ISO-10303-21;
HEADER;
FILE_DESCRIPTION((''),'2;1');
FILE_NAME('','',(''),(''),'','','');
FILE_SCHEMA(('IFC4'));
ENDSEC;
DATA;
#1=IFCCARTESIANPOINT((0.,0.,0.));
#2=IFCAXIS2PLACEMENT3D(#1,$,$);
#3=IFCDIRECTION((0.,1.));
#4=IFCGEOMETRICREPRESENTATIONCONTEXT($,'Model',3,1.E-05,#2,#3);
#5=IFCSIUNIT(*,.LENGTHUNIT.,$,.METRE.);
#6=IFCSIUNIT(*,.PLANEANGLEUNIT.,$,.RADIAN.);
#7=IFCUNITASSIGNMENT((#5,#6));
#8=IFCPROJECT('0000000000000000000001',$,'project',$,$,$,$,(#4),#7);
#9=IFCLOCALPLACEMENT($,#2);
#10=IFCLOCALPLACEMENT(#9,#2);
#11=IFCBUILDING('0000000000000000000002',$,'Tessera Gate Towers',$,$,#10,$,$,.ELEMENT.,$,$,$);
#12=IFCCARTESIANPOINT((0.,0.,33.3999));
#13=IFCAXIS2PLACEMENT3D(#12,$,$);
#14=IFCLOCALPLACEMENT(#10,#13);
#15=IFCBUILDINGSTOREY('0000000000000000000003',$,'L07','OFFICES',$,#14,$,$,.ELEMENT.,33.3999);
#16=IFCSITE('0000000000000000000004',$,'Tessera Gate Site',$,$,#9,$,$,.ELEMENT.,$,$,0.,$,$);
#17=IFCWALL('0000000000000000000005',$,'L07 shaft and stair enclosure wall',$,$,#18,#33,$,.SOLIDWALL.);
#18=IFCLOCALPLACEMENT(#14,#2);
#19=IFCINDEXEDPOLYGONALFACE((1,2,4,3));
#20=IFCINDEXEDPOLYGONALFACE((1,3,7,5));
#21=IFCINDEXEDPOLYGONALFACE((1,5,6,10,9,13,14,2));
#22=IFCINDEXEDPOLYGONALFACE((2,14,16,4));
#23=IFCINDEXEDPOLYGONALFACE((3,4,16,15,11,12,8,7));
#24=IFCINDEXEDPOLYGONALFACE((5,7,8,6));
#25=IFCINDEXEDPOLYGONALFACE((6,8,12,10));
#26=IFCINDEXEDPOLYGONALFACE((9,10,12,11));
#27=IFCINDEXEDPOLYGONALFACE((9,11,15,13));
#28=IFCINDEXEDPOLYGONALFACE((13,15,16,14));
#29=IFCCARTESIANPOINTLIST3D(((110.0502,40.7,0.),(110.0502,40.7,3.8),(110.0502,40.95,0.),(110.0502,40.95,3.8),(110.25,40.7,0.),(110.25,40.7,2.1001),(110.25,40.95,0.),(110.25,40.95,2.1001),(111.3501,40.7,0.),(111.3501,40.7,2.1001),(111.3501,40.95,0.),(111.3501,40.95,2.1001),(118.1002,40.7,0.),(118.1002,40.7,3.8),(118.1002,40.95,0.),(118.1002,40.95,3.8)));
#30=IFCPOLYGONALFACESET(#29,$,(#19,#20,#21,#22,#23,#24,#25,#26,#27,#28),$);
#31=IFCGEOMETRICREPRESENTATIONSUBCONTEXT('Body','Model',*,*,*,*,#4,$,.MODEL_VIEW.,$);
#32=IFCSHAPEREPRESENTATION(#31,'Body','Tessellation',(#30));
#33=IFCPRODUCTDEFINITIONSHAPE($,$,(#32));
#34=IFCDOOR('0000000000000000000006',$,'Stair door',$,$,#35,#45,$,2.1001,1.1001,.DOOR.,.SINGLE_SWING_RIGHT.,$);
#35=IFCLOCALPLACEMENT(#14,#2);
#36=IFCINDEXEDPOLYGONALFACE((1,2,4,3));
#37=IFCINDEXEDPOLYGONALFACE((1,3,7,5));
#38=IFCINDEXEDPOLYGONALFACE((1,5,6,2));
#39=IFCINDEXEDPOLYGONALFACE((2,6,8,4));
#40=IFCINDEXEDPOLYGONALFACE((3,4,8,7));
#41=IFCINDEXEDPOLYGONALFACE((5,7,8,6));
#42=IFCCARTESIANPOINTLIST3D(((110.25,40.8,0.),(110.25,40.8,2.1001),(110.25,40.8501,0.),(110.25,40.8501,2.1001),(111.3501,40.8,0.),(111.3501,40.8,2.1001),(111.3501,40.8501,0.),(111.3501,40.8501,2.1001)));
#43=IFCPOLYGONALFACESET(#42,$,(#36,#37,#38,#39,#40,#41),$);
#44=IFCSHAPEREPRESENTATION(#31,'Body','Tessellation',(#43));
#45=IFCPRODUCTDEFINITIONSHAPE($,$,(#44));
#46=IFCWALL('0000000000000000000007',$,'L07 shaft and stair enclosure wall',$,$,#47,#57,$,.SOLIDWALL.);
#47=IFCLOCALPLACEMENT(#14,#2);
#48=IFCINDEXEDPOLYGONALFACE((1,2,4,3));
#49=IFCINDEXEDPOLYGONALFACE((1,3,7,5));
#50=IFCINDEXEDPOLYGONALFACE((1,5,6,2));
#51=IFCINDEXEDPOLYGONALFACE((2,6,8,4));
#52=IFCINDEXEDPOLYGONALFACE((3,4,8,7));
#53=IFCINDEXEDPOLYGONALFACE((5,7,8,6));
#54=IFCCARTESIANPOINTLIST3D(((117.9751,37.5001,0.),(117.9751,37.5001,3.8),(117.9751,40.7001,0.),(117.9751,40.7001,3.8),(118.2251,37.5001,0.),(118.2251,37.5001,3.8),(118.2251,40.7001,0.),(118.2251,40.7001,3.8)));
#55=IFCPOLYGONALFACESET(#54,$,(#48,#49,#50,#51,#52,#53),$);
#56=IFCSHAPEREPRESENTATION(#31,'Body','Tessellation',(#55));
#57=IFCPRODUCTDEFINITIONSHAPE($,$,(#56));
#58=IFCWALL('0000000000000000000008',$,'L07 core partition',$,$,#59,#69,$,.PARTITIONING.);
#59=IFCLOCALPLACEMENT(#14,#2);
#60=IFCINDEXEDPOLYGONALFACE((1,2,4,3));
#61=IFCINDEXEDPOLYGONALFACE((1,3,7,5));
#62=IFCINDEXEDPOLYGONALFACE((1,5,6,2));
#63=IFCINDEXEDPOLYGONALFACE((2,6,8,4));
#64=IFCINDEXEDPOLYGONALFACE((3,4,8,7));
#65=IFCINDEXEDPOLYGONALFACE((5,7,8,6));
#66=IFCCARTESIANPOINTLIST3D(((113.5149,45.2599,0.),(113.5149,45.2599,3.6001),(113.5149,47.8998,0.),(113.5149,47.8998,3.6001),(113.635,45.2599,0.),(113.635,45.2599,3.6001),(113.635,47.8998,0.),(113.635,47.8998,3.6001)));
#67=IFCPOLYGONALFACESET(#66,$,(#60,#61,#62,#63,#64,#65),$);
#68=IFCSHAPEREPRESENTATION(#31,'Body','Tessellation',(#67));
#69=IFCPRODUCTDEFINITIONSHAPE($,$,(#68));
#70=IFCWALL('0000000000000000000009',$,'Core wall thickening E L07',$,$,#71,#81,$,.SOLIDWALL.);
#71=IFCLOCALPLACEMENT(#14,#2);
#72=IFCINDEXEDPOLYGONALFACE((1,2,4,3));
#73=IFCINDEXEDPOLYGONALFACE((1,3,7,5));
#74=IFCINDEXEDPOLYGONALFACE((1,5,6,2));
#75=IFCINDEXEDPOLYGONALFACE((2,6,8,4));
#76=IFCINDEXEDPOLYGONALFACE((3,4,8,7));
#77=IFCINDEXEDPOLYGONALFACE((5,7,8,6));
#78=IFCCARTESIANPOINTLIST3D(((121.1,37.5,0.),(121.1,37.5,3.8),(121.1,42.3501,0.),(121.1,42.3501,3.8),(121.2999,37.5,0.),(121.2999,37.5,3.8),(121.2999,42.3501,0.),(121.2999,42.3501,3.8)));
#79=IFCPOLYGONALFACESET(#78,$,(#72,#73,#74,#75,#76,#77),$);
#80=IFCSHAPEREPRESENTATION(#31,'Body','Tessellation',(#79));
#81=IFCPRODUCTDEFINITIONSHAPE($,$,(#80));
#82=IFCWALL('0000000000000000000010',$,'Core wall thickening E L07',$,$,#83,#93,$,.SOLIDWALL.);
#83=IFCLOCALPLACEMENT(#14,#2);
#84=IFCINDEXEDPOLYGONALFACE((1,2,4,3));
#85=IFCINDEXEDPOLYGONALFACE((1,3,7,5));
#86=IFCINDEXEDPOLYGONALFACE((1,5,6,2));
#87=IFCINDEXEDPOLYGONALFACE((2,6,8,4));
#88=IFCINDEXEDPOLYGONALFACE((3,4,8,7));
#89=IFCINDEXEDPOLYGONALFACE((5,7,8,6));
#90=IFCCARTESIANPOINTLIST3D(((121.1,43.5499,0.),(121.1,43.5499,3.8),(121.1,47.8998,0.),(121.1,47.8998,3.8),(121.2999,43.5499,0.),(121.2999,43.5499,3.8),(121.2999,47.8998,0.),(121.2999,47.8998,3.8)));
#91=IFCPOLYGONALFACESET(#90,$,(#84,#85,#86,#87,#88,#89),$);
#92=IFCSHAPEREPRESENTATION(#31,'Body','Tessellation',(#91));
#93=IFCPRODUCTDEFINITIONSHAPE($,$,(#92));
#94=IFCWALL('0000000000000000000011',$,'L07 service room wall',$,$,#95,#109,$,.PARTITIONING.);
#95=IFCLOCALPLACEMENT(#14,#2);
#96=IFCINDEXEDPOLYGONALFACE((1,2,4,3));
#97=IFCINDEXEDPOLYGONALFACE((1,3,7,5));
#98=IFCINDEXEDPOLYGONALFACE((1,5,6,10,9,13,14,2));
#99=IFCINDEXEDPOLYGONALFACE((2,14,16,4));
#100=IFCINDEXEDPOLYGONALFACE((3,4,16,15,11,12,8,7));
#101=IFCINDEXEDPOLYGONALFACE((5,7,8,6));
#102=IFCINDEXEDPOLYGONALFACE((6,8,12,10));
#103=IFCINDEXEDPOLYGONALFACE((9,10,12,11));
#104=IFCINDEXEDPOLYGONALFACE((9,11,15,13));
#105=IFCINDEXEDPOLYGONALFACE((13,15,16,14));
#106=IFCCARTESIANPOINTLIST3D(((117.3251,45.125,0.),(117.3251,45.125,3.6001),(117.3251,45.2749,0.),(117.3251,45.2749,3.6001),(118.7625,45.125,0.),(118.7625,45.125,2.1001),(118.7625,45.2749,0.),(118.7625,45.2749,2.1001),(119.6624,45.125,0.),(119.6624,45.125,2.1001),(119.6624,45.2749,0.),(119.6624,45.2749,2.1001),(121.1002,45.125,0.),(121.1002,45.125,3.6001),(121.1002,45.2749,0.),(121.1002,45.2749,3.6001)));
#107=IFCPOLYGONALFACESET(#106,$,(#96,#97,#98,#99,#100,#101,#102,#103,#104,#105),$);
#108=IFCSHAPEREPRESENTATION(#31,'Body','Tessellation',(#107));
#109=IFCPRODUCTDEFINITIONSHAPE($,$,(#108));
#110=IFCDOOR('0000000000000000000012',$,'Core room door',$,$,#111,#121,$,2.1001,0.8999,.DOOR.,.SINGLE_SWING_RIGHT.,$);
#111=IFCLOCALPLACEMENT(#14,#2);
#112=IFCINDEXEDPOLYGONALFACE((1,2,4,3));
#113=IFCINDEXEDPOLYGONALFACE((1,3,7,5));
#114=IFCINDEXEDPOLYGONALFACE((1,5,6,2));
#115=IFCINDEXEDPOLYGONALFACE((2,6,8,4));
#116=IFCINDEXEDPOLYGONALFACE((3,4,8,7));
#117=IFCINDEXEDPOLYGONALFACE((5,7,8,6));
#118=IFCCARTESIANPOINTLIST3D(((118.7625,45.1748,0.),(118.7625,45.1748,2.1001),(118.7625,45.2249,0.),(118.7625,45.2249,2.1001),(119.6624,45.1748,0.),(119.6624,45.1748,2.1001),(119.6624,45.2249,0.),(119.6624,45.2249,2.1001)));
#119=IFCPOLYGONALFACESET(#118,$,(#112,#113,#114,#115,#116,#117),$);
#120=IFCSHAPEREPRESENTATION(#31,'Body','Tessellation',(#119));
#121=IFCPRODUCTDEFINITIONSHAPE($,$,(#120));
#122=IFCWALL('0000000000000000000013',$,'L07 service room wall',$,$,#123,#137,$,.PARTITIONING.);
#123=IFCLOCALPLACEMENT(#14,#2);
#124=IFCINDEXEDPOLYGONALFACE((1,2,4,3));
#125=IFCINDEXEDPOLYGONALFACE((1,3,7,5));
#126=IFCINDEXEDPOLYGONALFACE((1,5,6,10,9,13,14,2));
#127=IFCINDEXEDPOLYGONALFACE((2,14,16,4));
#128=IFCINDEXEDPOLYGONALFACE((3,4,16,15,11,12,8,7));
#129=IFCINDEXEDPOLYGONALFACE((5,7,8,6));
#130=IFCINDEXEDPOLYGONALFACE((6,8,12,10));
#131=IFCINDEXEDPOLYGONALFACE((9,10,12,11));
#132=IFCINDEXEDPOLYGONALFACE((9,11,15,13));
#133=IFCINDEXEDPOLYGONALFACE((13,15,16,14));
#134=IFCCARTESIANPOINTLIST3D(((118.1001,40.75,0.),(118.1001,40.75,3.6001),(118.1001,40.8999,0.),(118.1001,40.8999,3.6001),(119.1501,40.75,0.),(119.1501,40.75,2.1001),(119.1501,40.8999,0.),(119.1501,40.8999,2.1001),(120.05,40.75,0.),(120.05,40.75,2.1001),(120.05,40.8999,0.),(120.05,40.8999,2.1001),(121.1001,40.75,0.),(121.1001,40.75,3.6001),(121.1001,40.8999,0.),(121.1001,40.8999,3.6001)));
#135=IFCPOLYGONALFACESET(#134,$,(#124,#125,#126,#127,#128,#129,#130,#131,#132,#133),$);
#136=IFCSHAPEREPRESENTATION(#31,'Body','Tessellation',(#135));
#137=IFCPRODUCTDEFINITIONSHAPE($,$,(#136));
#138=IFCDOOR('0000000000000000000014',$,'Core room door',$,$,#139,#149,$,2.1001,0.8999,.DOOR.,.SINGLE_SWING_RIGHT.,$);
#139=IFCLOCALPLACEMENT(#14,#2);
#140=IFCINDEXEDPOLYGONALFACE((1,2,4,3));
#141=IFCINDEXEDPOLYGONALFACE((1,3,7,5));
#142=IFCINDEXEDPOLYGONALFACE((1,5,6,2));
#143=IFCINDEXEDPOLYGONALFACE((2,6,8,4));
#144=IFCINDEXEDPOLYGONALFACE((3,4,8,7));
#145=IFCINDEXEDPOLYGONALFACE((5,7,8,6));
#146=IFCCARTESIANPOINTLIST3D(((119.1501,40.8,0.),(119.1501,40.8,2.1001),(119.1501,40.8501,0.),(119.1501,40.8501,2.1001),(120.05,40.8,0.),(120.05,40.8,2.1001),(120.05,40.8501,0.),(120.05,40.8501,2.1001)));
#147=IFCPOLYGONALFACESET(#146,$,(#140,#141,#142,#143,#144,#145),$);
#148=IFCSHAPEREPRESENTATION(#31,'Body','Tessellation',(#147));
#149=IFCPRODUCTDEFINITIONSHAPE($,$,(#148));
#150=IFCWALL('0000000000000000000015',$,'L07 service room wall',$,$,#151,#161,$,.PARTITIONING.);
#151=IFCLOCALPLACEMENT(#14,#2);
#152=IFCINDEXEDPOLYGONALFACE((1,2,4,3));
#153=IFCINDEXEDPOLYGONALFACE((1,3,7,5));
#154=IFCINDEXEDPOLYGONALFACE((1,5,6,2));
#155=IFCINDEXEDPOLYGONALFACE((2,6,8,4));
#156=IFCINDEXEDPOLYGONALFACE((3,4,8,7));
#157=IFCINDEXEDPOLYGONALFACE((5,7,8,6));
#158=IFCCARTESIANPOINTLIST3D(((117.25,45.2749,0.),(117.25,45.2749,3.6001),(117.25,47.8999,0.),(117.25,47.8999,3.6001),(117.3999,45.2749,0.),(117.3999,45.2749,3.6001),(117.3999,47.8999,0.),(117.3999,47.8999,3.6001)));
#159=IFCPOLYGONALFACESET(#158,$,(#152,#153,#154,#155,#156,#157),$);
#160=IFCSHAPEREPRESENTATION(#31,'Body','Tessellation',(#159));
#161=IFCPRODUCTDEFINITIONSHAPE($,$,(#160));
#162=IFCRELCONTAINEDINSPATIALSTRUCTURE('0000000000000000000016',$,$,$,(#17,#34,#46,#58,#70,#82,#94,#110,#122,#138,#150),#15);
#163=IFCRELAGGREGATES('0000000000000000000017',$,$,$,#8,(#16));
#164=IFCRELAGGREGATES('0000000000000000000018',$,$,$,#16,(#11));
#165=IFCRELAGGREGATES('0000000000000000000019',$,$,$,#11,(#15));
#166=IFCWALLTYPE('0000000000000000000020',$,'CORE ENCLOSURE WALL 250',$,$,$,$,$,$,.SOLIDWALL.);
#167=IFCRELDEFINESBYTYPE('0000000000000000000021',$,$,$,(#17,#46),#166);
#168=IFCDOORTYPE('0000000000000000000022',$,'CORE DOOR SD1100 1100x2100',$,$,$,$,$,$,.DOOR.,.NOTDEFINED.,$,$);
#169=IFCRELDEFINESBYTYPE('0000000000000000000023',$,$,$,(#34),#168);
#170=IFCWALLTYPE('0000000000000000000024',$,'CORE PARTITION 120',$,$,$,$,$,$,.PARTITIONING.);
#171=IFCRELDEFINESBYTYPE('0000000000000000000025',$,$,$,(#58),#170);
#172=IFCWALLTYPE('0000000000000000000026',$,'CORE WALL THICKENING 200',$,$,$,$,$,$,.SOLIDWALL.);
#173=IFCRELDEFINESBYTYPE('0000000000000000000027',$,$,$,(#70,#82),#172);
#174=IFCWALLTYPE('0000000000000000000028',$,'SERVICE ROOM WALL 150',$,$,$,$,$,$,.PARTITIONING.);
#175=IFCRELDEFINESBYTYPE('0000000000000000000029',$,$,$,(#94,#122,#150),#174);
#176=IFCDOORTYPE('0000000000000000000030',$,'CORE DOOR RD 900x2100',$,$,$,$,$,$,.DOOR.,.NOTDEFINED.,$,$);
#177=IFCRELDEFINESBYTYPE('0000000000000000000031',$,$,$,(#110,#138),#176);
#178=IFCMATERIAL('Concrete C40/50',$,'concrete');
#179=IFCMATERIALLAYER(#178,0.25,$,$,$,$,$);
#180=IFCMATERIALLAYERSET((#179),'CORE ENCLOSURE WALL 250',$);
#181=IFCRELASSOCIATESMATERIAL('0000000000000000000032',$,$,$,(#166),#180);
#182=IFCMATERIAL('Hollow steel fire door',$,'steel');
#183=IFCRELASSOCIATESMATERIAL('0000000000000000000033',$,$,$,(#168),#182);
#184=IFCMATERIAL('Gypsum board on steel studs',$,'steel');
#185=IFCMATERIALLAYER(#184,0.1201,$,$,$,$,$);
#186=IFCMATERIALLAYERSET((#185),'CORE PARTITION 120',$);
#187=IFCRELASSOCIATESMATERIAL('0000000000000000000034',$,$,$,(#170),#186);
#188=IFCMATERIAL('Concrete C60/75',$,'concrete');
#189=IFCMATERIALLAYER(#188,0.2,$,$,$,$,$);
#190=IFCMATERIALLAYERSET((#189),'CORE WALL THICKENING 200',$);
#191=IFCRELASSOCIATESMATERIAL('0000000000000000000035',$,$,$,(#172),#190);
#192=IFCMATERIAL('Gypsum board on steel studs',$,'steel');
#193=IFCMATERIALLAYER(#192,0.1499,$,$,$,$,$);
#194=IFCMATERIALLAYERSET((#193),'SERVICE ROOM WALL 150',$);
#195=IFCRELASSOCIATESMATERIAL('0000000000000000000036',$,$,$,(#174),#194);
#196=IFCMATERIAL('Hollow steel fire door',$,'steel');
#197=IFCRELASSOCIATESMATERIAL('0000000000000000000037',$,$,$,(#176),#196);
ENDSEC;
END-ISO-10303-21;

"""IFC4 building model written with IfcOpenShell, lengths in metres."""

from ifc_helpers import new_model, si_unit, direction, frame, frame_2d, origin, place, context, subcontext, project, spatial, rectangle, extrude, source, transform, mapped, material, layer, layer_set, type_object, element, fill, save


model = new_model("IFC4")

# Units and contexts
model_context = context("Model", 3, precision=1e-05, world=origin(), true_north=direction((0.0, 1.0)))
body_context = subcontext(model_context, "Body", "Model", "MODEL_VIEW")
ifc_project = project(units=[si_unit("LENGTHUNIT", "METRE"), si_unit("PLANEANGLEUNIT", "RADIAN")], contexts=[model_context])

# Site, building, storey
site_placement = place(None, origin())
site = spatial("IfcSite", under=ifc_project, at=site_placement, Name="Tessera Gate Site", CompositionType="ELEMENT", RefElevation=0.0)
building_placement = place(site_placement, origin())
building = spatial("IfcBuilding", under=site, at=building_placement, Name="Tessera Gate Towers", CompositionType="ELEMENT")
storey_placement = place(building_placement, frame((0.0, 0.0, 33.3999)))
storey = spatial("IfcBuildingStorey", under=building, at=storey_placement, Name="L07", Description="OFFICES", CompositionType="ELEMENT", Elevation=33.3999)

# Wall, opening, door
ifc_material_1 = material(Name="Concrete C40/50", Category="concrete")
ifc_layer_1 = layer(ifc_material_1, 0.25)
ifc_layer_set_1 = layer_set([ifc_layer_1], Name="CORE ENCLOSURE WALL 250")
wall_type_1 = type_object("IfcWallType", Name="CORE ENCLOSURE WALL 250", PredefinedType="SOLIDWALL", material=ifc_layer_set_1)
wall_1_placement = place(storey_placement, frame((118.1001, 40.825, 0.0), z_axis=(0.0, 0.0, 1.0), x_axis=(-1.0, 0.0, 0.0)))
wall_1 = element("IfcWall", 1, at=wall_1_placement, inside=storey, type_object=wall_type_1, Name="L07 shaft and stair enclosure wall", PredefinedType="SOLIDWALL", context=body_context, shape_type="SweptSolid", body=[
    extrude(rectangle(XDim=8.05, YDim=0.25, at=frame_2d((4.0249, 0.0))), origin(), (0.0, 0.0, 1.0), 3.8),
])
shared_shape_1 = source(origin(), body_context, "Body", "SweptSolid", [
    extrude(rectangle(XDim=1.1001, YDim=2.1001, at=frame_2d((0.55, 1.05))), frame((0.0, 0.135, 0.0), z_axis=(0.0, -1.0, 0.0), x_axis=(1.0, 0.0, 0.0)), (0.0, 0.0, 1.0), 0.27),
])
opening_1_placement = place(wall_1_placement, frame((6.75, 0.0, 0.0)))
opening_1 = element("IfcOpeningElement", 2, at=opening_1_placement, cuts=wall_1, PredefinedType="OPENING", context=body_context, shape_type="MappedRepresentation", body=[
    mapped(shared_shape_1, transform((0.0, 0.0, 0.0), scale=1.0)),
])
ifc_material_2 = material(Name="Hollow steel fire door", Category="steel")
door_type_1 = type_object("IfcDoorType", Name="CORE DOOR SD1100 1100x2100", OperationType="NOTDEFINED", PredefinedType="DOOR", material=ifc_material_2)
shared_shape_2 = source(origin(), body_context, "Body", "SweptSolid", [
    extrude(rectangle(XDim=1.1001, YDim=2.1001, at=frame_2d((0.55, 1.05))), frame((0.0, 0.0249, 0.0), z_axis=(0.0, -1.0, 0.0), x_axis=(1.0, 0.0, 0.0)), (0.0, 0.0, 1.0), 0.05),
])
door_1_placement = place(opening_1_placement, origin())
door_1 = element("IfcDoor", 3, at=door_1_placement, inside=storey, type_object=door_type_1, Name="Stair door", OperationType="SINGLE_SWING_RIGHT", OverallHeight=2.1001, OverallWidth=1.1001, PredefinedType="DOOR", context=body_context, shape_type="MappedRepresentation", body=[
    mapped(shared_shape_2, transform((0.0, 0.0, 0.0), scale=1.0)),
])
fill(opening_1, door_1)

# Walls
wall_2_placement = place(storey_placement, frame((118.1001, 37.5, 0.0), z_axis=(0.0, 0.0, 1.0), x_axis=(0.0, 1.0, 0.0)))
element("IfcWall", 4, at=wall_2_placement, inside=storey, type_object=wall_type_1, Name="L07 shaft and stair enclosure wall", PredefinedType="SOLIDWALL", context=body_context, shape_type="SweptSolid", body=[
    extrude(rectangle(XDim=3.2, YDim=0.25, at=frame_2d((1.6001, 0.0))), origin(), (0.0, 0.0, 1.0), 3.8),
])
ifc_material_3 = material(Name="Gypsum board on steel studs", Category="steel")
ifc_layer_2 = layer(ifc_material_3, 0.1201)
ifc_layer_set_2 = layer_set([ifc_layer_2], Name="CORE PARTITION 120")
wall_type_2 = type_object("IfcWallType", Name="CORE PARTITION 120", PredefinedType="PARTITIONING", material=ifc_layer_set_2)
wall_3_placement = place(storey_placement, frame((113.575, 45.26, 0.0), z_axis=(0.0, 0.0, 1.0), x_axis=(0.0, 1.0, 0.0)))
element("IfcWall", 5, at=wall_3_placement, inside=storey, type_object=wall_type_2, Name="L07 core partition", PredefinedType="PARTITIONING", context=body_context, shape_type="SweptSolid", body=[
    extrude(rectangle(XDim=2.6399, YDim=0.1201, at=frame_2d((1.3198, 0.0))), origin(), (0.0, 0.0, 1.0), 3.6001),
])
ifc_material_4 = material(Name="Concrete C60/75", Category="concrete")
ifc_layer_3 = layer(ifc_material_4, 0.2)
ifc_layer_set_3 = layer_set([ifc_layer_3], Name="CORE WALL THICKENING 200")
wall_type_3 = type_object("IfcWallType", Name="CORE WALL THICKENING 200", PredefinedType="SOLIDWALL", material=ifc_layer_set_3)
wall_4_placement = place(storey_placement, frame((121.2, 37.5, 0.0), z_axis=(0.0, 0.0, 1.0), x_axis=(0.0, 1.0, 0.0)))
element("IfcWall", 6, at=wall_4_placement, inside=storey, type_object=wall_type_3, Name="Core wall thickening E L07", PredefinedType="SOLIDWALL", context=body_context, shape_type="SweptSolid", body=[
    extrude(rectangle(XDim=4.8501, YDim=0.2, at=frame_2d((2.425, 0.0))), origin(), (0.0, 0.0, 1.0), 3.8),
])
wall_5_placement = place(storey_placement, frame((121.2, 43.55, 0.0), z_axis=(0.0, 0.0, 1.0), x_axis=(0.0, 1.0, 0.0)))
element("IfcWall", 7, at=wall_5_placement, inside=storey, type_object=wall_type_3, Name="Core wall thickening E L07", PredefinedType="SOLIDWALL", context=body_context, shape_type="SweptSolid", body=[
    extrude(rectangle(XDim=4.3499, YDim=0.2, at=frame_2d((2.1748, 0.0))), origin(), (0.0, 0.0, 1.0), 3.8),
])

# Walls, openings, doors
ifc_material_5 = material(Name="Gypsum board on steel studs", Category="steel")
ifc_layer_4 = layer(ifc_material_5, 0.1499)
ifc_layer_set_4 = layer_set([ifc_layer_4], Name="SERVICE ROOM WALL 150")
wall_type_4 = type_object("IfcWallType", Name="SERVICE ROOM WALL 150", PredefinedType="PARTITIONING", material=ifc_layer_set_4)
wall_6_placement = place(storey_placement, frame((117.325, 45.2, 0.0), z_axis=(0.0, 0.0, 1.0), x_axis=(1.0, 0.0, 0.0)))
wall_6 = element("IfcWall", 8, at=wall_6_placement, inside=storey, type_object=wall_type_4, Name="L07 service room wall", PredefinedType="PARTITIONING", context=body_context, shape_type="SweptSolid", body=[
    extrude(rectangle(XDim=3.7751, YDim=0.1499, at=frame_2d((1.8877, 0.0))), origin(), (0.0, 0.0, 1.0), 3.6001),
])
shared_shape_3 = source(origin(), body_context, "Body", "SweptSolid", [
    extrude(rectangle(XDim=0.8999, YDim=2.1001, at=frame_2d((0.45, 1.05))), frame((0.0, 0.085, 0.0), z_axis=(0.0, -1.0, 0.0), x_axis=(1.0, 0.0, 0.0)), (0.0, 0.0, 1.0), 0.1699),
])
opening_2_placement = place(wall_6_placement, frame((1.4375, 0.0, 0.0)))
opening_2 = element("IfcOpeningElement", 9, at=opening_2_placement, cuts=wall_6, PredefinedType="OPENING", context=body_context, shape_type="MappedRepresentation", body=[
    mapped(shared_shape_3, transform((0.0, 0.0, 0.0), scale=1.0)),
])
ifc_material_6 = material(Name="Hollow steel fire door", Category="steel")
door_type_2 = type_object("IfcDoorType", Name="CORE DOOR RD 900x2100", OperationType="NOTDEFINED", PredefinedType="DOOR", material=ifc_material_6)
shared_shape_4 = source(origin(), body_context, "Body", "SweptSolid", [
    extrude(rectangle(XDim=0.8999, YDim=2.1001, at=frame_2d((0.45, 1.05))), frame((0.0, 0.0249, 0.0), z_axis=(0.0, -1.0, 0.0), x_axis=(1.0, 0.0, 0.0)), (0.0, 0.0, 1.0), 0.05),
])
door_2_placement = place(opening_2_placement, origin())
door_2 = element("IfcDoor", 10, at=door_2_placement, inside=storey, type_object=door_type_2, Name="Core room door", OperationType="SINGLE_SWING_RIGHT", OverallHeight=2.1001, OverallWidth=0.8999, PredefinedType="DOOR", context=body_context, shape_type="MappedRepresentation", body=[
    mapped(shared_shape_4, transform((0.0, 0.0, 0.0), scale=1.0)),
])
fill(opening_2, door_2)
wall_7_placement = place(storey_placement, frame((121.1001, 40.825, 0.0), z_axis=(0.0, 0.0, 1.0), x_axis=(-1.0, 0.0, 0.0)))
wall_7 = element("IfcWall", 11, at=wall_7_placement, inside=storey, type_object=wall_type_4, Name="L07 service room wall", PredefinedType="PARTITIONING", context=body_context, shape_type="SweptSolid", body=[
    extrude(rectangle(XDim=3.0, YDim=0.1499, at=frame_2d((1.5, 0.0))), origin(), (0.0, 0.0, 1.0), 3.6001),
])
opening_3_placement = place(wall_7_placement, frame((1.05, 0.0, 0.0)))
opening_3 = element("IfcOpeningElement", 12, at=opening_3_placement, cuts=wall_7, PredefinedType="OPENING", context=body_context, shape_type="MappedRepresentation", body=[
    mapped(shared_shape_3, transform((0.0, 0.0, 0.0), scale=1.0)),
])
door_3_placement = place(opening_3_placement, origin())
door_3 = element("IfcDoor", 13, at=door_3_placement, inside=storey, type_object=door_type_2, Name="Core room door", OperationType="SINGLE_SWING_RIGHT", OverallHeight=2.1001, OverallWidth=0.8999, PredefinedType="DOOR", context=body_context, shape_type="MappedRepresentation", body=[
    mapped(shared_shape_4, transform((0.0, 0.0, 0.0), scale=1.0)),
])
fill(opening_3, door_3)

# Wall
wall_8_placement = place(storey_placement, frame((117.325, 45.2749, 0.0), z_axis=(0.0, 0.0, 1.0), x_axis=(0.0, 1.0, 0.0)))
element("IfcWall", 14, at=wall_8_placement, inside=storey, type_object=wall_type_4, Name="L07 service room wall", PredefinedType="PARTITIONING", context=body_context, shape_type="SweptSolid", body=[
    extrude(rectangle(XDim=2.625, YDim=0.1499, at=frame_2d((1.3125, 0.0))), origin(), (0.0, 0.0, 1.0), 3.6001),
])

save(model, "model.ifc")
